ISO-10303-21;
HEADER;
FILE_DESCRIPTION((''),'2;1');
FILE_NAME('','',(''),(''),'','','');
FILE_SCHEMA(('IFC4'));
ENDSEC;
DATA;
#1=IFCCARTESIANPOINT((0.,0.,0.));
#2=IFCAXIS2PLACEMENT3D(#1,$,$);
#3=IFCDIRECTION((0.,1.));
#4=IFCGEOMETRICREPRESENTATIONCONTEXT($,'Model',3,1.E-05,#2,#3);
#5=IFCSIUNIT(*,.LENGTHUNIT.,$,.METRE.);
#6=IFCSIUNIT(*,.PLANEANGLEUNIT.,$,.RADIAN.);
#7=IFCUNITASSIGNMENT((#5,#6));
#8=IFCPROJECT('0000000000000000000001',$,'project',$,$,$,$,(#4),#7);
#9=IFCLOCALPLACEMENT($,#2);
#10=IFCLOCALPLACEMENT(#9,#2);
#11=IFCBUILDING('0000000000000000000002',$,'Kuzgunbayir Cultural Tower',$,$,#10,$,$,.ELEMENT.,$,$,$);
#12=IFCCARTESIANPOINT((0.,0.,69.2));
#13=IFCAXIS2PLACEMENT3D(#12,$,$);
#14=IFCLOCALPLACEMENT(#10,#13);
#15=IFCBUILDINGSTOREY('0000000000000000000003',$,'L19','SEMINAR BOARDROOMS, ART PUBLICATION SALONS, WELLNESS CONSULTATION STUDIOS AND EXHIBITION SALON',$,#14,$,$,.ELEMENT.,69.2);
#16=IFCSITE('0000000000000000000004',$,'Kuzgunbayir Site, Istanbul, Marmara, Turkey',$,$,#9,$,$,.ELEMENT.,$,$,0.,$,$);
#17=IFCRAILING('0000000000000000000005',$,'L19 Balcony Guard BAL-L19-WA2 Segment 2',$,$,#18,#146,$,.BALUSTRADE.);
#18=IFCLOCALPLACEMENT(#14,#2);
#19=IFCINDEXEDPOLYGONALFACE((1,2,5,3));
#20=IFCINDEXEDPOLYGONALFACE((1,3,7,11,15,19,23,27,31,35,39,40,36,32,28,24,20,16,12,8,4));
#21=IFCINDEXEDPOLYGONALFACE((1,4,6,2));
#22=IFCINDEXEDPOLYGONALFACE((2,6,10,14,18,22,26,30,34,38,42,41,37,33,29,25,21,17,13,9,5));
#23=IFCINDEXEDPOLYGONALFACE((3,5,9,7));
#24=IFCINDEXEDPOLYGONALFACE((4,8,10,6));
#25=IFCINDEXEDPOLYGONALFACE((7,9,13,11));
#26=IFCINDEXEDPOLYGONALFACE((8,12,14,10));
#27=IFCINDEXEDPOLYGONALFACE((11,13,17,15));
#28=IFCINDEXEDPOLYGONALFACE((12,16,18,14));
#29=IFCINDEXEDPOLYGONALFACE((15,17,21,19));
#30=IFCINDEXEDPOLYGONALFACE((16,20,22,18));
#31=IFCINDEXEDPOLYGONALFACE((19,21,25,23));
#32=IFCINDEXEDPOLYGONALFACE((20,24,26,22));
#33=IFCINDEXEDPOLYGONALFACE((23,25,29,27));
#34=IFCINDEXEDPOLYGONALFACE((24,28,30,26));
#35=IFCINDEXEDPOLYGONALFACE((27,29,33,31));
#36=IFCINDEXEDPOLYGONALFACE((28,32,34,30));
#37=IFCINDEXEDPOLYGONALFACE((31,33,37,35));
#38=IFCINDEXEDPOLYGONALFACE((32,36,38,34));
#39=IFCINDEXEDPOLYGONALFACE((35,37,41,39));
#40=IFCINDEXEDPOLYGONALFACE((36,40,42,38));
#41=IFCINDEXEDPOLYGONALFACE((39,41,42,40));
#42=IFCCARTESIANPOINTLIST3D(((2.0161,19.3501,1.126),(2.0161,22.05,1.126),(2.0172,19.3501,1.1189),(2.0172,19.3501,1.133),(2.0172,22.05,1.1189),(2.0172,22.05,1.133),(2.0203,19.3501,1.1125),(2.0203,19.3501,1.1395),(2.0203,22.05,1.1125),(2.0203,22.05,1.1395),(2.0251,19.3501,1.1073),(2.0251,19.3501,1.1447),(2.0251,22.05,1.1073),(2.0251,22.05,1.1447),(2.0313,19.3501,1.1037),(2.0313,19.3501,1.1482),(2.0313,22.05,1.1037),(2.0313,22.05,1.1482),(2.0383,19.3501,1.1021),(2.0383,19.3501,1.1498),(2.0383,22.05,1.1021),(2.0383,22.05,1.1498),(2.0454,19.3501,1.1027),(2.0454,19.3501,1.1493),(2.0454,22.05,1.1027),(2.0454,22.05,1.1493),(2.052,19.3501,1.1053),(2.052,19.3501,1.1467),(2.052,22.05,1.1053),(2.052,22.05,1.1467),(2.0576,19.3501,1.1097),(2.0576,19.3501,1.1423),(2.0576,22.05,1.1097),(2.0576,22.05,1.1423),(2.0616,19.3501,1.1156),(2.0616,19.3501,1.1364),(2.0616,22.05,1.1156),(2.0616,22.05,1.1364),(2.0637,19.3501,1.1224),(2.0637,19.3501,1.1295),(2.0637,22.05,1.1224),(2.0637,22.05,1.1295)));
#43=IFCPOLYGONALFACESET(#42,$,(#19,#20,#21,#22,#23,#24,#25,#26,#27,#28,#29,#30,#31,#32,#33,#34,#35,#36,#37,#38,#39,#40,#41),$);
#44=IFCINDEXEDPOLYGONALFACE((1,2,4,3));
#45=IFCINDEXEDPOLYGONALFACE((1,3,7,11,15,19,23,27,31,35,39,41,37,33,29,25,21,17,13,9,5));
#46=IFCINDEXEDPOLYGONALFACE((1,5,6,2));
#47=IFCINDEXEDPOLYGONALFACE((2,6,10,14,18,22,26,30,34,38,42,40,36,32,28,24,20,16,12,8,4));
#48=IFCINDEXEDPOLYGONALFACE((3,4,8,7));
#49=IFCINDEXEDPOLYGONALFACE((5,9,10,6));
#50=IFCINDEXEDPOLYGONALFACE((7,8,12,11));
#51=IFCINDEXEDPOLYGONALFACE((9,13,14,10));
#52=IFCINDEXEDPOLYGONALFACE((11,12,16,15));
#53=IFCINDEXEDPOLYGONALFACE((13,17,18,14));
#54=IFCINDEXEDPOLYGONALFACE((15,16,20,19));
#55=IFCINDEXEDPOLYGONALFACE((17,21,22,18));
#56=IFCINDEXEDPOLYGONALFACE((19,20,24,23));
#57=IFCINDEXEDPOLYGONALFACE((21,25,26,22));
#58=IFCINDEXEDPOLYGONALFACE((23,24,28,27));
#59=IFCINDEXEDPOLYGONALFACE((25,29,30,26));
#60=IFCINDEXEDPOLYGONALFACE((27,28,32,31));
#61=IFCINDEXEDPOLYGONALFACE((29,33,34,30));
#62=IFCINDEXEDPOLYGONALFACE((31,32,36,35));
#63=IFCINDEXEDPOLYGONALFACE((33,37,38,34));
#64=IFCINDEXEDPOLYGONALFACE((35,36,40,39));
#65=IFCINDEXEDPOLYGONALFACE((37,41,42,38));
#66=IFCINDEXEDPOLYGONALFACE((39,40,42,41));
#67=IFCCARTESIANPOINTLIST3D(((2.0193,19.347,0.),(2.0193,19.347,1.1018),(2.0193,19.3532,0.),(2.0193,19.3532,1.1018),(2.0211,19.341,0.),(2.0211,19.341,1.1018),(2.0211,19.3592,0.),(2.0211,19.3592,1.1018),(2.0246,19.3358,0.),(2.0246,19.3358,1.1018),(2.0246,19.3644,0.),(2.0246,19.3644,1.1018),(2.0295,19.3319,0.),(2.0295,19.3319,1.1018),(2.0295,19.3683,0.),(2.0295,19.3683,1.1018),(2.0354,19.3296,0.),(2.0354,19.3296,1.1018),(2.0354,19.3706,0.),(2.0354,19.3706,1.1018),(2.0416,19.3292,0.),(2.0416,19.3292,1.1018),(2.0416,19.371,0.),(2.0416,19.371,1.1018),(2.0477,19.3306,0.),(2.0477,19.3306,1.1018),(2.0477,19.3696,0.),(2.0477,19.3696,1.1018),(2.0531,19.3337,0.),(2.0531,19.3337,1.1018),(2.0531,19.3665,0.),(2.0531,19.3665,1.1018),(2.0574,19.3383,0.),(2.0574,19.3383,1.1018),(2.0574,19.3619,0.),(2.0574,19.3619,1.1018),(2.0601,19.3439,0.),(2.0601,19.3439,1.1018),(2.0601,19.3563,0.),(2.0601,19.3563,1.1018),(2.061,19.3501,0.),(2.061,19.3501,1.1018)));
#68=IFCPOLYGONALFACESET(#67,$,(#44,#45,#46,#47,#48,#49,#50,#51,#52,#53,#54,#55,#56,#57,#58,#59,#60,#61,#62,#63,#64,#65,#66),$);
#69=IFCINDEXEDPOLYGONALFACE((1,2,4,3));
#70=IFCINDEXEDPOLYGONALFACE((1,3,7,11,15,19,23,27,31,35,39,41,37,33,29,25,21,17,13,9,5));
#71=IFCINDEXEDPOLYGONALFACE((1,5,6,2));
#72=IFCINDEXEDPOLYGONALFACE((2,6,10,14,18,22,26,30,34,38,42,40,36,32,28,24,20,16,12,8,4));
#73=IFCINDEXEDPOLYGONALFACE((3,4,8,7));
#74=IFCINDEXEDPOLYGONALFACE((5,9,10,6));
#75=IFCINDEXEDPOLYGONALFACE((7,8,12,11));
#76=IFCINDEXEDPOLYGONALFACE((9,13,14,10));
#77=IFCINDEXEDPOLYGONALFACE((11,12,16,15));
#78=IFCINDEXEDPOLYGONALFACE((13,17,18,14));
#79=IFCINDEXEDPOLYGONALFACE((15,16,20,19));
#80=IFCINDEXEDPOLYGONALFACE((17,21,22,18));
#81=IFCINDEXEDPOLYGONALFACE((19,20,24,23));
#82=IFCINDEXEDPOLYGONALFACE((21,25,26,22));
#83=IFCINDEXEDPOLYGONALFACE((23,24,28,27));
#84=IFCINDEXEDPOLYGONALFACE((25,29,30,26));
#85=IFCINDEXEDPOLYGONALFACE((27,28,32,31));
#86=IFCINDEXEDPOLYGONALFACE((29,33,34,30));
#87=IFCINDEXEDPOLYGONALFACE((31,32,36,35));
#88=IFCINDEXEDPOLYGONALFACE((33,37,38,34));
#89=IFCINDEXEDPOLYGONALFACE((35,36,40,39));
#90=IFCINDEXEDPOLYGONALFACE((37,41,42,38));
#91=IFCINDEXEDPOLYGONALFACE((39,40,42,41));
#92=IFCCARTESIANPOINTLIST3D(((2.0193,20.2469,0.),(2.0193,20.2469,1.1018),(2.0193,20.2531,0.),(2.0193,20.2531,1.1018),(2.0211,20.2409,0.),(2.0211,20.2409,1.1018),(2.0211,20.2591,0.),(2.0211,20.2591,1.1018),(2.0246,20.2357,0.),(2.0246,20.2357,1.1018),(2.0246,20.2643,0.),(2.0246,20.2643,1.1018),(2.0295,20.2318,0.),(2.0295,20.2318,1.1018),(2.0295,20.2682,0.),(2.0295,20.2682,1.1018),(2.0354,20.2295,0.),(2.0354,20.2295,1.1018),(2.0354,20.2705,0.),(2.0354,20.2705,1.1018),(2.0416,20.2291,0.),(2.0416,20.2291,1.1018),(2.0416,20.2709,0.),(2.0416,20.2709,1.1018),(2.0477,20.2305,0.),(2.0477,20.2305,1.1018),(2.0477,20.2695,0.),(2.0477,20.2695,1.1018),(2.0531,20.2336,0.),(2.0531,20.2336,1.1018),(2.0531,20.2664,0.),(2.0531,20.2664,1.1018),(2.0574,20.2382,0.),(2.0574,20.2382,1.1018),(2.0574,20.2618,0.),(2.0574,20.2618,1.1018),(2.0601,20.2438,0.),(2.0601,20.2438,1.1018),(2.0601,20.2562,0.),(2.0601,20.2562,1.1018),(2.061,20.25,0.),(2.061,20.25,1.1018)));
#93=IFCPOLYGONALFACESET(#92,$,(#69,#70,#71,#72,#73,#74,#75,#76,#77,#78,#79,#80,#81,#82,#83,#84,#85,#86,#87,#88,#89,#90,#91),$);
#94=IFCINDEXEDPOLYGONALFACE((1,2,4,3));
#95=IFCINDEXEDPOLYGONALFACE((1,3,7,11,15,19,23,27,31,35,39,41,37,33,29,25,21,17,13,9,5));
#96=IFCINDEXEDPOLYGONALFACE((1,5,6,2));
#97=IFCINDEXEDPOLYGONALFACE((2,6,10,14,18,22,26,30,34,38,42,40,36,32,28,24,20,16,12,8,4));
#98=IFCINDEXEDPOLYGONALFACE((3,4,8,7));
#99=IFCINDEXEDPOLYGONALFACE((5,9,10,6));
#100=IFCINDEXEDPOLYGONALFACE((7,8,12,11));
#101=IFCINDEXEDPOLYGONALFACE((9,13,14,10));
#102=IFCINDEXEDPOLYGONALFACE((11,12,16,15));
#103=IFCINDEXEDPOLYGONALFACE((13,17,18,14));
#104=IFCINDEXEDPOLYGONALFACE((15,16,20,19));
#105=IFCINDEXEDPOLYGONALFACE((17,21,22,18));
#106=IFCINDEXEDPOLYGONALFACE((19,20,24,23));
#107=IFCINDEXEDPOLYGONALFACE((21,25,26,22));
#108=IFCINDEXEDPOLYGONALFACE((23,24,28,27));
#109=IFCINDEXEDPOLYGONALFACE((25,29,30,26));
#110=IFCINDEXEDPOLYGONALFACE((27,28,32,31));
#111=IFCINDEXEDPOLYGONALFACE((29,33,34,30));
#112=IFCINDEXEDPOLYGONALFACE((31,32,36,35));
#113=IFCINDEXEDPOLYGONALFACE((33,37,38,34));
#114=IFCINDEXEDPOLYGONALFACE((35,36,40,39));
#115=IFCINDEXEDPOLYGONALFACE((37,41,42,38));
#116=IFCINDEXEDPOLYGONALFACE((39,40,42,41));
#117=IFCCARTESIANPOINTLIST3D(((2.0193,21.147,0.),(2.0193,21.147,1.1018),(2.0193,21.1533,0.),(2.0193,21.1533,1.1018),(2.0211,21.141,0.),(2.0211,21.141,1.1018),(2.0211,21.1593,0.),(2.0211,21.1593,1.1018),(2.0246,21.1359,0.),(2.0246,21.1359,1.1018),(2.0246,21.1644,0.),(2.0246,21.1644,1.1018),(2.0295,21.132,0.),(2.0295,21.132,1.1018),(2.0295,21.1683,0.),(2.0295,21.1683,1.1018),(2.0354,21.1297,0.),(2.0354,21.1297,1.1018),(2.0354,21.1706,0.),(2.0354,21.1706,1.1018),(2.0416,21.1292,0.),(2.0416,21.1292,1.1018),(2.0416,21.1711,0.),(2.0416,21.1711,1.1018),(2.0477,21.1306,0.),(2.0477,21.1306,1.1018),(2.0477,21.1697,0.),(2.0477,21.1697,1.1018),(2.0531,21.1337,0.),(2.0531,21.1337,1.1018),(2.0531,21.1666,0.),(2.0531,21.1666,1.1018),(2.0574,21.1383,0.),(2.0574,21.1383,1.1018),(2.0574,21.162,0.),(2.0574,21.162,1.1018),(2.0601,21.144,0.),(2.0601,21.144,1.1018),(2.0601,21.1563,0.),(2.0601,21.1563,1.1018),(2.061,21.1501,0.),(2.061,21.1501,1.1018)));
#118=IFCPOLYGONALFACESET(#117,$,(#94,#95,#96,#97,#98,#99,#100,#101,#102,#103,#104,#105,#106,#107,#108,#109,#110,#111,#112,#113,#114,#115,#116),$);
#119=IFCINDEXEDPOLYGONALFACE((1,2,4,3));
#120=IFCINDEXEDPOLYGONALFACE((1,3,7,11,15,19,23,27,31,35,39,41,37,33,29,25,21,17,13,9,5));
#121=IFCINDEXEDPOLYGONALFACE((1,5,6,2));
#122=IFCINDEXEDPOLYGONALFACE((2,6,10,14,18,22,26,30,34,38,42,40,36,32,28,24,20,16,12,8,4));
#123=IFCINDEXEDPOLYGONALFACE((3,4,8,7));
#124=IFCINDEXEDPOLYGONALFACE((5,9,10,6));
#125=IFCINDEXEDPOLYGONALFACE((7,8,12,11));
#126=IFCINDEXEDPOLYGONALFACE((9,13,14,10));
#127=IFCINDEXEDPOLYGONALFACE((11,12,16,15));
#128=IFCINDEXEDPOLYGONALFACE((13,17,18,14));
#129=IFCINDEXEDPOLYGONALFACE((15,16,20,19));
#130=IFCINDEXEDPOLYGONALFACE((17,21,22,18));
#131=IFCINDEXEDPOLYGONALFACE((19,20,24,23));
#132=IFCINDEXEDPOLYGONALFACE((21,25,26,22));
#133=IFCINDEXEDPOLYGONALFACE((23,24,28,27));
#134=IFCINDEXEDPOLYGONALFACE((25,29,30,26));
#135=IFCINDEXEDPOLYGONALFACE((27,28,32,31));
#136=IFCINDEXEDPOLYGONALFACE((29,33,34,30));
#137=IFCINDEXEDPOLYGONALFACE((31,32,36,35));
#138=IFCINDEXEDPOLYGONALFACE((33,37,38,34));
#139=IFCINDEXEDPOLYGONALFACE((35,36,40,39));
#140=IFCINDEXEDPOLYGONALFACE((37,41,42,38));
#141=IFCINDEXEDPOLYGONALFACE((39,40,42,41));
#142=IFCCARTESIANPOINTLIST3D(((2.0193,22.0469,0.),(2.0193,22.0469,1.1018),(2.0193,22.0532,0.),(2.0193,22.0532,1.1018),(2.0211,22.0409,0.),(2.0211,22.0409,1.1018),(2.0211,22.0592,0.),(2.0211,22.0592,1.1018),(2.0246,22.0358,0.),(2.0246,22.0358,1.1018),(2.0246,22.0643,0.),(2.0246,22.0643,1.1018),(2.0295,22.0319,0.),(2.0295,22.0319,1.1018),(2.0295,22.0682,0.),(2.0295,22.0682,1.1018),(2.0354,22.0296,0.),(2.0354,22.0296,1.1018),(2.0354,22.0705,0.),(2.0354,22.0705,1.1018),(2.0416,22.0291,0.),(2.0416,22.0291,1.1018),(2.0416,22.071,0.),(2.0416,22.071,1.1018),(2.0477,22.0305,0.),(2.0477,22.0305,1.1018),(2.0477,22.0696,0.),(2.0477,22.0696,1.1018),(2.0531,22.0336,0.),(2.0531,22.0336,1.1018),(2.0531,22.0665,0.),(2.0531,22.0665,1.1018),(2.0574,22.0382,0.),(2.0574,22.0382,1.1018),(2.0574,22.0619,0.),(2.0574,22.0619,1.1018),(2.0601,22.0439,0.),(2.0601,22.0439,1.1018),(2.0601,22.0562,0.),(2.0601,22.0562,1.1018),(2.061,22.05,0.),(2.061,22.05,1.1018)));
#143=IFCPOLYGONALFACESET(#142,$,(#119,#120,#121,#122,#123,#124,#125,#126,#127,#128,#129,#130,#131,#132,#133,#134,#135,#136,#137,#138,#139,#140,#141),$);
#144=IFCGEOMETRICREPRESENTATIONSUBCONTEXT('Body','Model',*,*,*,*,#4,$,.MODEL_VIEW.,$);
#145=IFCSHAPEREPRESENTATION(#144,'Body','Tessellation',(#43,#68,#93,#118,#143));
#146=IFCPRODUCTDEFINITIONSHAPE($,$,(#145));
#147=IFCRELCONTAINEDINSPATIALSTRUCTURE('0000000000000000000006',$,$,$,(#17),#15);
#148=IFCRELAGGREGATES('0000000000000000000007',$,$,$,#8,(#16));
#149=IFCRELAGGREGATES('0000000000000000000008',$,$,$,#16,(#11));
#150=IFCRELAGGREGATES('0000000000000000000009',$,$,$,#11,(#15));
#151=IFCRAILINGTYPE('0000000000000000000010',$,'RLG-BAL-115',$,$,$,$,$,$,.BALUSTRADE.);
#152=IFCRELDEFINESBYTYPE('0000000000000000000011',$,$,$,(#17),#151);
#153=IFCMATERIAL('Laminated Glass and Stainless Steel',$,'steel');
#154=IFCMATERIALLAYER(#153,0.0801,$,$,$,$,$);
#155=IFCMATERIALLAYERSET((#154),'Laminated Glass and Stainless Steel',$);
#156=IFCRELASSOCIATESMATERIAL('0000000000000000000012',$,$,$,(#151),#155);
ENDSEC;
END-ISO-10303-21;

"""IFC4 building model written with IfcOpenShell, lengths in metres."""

from ifc_helpers import new_model, si_unit, direction, frame, origin, origin_2d, place, context, subcontext, project, spatial, circle, extrude, material, layer, layer_set, type_object, element, save


model = new_model("IFC4")

# Units and contexts
model_context = context("Model", 3, precision=1e-05, world=origin(), true_north=direction((0.0, 1.0)))
body_context = subcontext(model_context, "Body", "Model", "MODEL_VIEW")
ifc_project = project(units=[si_unit("LENGTHUNIT", "METRE"), si_unit("PLANEANGLEUNIT", "RADIAN")], contexts=[model_context])

# Site, building, storey
site_placement = place(None, origin())
site = spatial("IfcSite", under=ifc_project, at=site_placement, Name="Kuzgunbayir Site, Istanbul, Marmara, Turkey", CompositionType="ELEMENT", RefElevation=0.0)
building_placement = place(site_placement, origin())
building = spatial("IfcBuilding", under=site, at=building_placement, Name="Kuzgunbayir Cultural Tower", CompositionType="ELEMENT")
storey_placement = place(building_placement, frame((0.0, 0.0, 69.2)))
storey = spatial("IfcBuildingStorey", under=building, at=storey_placement, Name="L19", Description="SEMINAR BOARDROOMS, ART PUBLICATION SALONS, WELLNESS CONSULTATION STUDIOS AND EXHIBITION SALON", CompositionType="ELEMENT", Elevation=69.2)

# Railing
ifc_material_1 = material(Name="Laminated Glass and Stainless Steel", Category="steel")
ifc_layer_1 = layer(ifc_material_1, 0.0801)
ifc_layer_set_1 = layer_set([ifc_layer_1], Name="Laminated Glass and Stainless Steel")
railing_type = type_object("IfcRailingType", Name="RLG-BAL-115", PredefinedType="BALUSTRADE", material=ifc_layer_set_1)
railing_1_placement = place(storey_placement, frame((2.04, 19.3501, 0.0)))
element("IfcRailing", 1, at=railing_1_placement, inside=storey, type_object=railing_type, Name="L19 Balcony Guard BAL-L19-WA2 Segment 2", PredefinedType="BALUSTRADE", context=body_context, shape_type="SweptSolid", body=[
    extrude(circle(Radius=0.0239, at=origin_2d()), frame((0.0, 0.0, 1.126), z_axis=(0.0, 1.0, 0.0), x_axis=(-1.0, 0.0, 0.0)), (0.0, 0.0, 1.0), 2.7),
    extrude(circle(Radius=0.021, at=origin_2d()), origin(), (0.0, 0.0, 1.0), 1.1018),
    extrude(circle(Radius=0.021, at=origin_2d()), frame((0.0, 0.8999, 0.0)), (0.0, 0.0, 1.0), 1.1018),
    extrude(circle(Radius=0.021, at=origin_2d()), frame((0.0, 1.8, 0.0)), (0.0, 0.0, 1.0), 1.1018),
    extrude(circle(Radius=0.021, at=origin_2d()), frame((0.0, 2.7, 0.0)), (0.0, 0.0, 1.0), 1.1018),
])

save(model, "model.ifc")
